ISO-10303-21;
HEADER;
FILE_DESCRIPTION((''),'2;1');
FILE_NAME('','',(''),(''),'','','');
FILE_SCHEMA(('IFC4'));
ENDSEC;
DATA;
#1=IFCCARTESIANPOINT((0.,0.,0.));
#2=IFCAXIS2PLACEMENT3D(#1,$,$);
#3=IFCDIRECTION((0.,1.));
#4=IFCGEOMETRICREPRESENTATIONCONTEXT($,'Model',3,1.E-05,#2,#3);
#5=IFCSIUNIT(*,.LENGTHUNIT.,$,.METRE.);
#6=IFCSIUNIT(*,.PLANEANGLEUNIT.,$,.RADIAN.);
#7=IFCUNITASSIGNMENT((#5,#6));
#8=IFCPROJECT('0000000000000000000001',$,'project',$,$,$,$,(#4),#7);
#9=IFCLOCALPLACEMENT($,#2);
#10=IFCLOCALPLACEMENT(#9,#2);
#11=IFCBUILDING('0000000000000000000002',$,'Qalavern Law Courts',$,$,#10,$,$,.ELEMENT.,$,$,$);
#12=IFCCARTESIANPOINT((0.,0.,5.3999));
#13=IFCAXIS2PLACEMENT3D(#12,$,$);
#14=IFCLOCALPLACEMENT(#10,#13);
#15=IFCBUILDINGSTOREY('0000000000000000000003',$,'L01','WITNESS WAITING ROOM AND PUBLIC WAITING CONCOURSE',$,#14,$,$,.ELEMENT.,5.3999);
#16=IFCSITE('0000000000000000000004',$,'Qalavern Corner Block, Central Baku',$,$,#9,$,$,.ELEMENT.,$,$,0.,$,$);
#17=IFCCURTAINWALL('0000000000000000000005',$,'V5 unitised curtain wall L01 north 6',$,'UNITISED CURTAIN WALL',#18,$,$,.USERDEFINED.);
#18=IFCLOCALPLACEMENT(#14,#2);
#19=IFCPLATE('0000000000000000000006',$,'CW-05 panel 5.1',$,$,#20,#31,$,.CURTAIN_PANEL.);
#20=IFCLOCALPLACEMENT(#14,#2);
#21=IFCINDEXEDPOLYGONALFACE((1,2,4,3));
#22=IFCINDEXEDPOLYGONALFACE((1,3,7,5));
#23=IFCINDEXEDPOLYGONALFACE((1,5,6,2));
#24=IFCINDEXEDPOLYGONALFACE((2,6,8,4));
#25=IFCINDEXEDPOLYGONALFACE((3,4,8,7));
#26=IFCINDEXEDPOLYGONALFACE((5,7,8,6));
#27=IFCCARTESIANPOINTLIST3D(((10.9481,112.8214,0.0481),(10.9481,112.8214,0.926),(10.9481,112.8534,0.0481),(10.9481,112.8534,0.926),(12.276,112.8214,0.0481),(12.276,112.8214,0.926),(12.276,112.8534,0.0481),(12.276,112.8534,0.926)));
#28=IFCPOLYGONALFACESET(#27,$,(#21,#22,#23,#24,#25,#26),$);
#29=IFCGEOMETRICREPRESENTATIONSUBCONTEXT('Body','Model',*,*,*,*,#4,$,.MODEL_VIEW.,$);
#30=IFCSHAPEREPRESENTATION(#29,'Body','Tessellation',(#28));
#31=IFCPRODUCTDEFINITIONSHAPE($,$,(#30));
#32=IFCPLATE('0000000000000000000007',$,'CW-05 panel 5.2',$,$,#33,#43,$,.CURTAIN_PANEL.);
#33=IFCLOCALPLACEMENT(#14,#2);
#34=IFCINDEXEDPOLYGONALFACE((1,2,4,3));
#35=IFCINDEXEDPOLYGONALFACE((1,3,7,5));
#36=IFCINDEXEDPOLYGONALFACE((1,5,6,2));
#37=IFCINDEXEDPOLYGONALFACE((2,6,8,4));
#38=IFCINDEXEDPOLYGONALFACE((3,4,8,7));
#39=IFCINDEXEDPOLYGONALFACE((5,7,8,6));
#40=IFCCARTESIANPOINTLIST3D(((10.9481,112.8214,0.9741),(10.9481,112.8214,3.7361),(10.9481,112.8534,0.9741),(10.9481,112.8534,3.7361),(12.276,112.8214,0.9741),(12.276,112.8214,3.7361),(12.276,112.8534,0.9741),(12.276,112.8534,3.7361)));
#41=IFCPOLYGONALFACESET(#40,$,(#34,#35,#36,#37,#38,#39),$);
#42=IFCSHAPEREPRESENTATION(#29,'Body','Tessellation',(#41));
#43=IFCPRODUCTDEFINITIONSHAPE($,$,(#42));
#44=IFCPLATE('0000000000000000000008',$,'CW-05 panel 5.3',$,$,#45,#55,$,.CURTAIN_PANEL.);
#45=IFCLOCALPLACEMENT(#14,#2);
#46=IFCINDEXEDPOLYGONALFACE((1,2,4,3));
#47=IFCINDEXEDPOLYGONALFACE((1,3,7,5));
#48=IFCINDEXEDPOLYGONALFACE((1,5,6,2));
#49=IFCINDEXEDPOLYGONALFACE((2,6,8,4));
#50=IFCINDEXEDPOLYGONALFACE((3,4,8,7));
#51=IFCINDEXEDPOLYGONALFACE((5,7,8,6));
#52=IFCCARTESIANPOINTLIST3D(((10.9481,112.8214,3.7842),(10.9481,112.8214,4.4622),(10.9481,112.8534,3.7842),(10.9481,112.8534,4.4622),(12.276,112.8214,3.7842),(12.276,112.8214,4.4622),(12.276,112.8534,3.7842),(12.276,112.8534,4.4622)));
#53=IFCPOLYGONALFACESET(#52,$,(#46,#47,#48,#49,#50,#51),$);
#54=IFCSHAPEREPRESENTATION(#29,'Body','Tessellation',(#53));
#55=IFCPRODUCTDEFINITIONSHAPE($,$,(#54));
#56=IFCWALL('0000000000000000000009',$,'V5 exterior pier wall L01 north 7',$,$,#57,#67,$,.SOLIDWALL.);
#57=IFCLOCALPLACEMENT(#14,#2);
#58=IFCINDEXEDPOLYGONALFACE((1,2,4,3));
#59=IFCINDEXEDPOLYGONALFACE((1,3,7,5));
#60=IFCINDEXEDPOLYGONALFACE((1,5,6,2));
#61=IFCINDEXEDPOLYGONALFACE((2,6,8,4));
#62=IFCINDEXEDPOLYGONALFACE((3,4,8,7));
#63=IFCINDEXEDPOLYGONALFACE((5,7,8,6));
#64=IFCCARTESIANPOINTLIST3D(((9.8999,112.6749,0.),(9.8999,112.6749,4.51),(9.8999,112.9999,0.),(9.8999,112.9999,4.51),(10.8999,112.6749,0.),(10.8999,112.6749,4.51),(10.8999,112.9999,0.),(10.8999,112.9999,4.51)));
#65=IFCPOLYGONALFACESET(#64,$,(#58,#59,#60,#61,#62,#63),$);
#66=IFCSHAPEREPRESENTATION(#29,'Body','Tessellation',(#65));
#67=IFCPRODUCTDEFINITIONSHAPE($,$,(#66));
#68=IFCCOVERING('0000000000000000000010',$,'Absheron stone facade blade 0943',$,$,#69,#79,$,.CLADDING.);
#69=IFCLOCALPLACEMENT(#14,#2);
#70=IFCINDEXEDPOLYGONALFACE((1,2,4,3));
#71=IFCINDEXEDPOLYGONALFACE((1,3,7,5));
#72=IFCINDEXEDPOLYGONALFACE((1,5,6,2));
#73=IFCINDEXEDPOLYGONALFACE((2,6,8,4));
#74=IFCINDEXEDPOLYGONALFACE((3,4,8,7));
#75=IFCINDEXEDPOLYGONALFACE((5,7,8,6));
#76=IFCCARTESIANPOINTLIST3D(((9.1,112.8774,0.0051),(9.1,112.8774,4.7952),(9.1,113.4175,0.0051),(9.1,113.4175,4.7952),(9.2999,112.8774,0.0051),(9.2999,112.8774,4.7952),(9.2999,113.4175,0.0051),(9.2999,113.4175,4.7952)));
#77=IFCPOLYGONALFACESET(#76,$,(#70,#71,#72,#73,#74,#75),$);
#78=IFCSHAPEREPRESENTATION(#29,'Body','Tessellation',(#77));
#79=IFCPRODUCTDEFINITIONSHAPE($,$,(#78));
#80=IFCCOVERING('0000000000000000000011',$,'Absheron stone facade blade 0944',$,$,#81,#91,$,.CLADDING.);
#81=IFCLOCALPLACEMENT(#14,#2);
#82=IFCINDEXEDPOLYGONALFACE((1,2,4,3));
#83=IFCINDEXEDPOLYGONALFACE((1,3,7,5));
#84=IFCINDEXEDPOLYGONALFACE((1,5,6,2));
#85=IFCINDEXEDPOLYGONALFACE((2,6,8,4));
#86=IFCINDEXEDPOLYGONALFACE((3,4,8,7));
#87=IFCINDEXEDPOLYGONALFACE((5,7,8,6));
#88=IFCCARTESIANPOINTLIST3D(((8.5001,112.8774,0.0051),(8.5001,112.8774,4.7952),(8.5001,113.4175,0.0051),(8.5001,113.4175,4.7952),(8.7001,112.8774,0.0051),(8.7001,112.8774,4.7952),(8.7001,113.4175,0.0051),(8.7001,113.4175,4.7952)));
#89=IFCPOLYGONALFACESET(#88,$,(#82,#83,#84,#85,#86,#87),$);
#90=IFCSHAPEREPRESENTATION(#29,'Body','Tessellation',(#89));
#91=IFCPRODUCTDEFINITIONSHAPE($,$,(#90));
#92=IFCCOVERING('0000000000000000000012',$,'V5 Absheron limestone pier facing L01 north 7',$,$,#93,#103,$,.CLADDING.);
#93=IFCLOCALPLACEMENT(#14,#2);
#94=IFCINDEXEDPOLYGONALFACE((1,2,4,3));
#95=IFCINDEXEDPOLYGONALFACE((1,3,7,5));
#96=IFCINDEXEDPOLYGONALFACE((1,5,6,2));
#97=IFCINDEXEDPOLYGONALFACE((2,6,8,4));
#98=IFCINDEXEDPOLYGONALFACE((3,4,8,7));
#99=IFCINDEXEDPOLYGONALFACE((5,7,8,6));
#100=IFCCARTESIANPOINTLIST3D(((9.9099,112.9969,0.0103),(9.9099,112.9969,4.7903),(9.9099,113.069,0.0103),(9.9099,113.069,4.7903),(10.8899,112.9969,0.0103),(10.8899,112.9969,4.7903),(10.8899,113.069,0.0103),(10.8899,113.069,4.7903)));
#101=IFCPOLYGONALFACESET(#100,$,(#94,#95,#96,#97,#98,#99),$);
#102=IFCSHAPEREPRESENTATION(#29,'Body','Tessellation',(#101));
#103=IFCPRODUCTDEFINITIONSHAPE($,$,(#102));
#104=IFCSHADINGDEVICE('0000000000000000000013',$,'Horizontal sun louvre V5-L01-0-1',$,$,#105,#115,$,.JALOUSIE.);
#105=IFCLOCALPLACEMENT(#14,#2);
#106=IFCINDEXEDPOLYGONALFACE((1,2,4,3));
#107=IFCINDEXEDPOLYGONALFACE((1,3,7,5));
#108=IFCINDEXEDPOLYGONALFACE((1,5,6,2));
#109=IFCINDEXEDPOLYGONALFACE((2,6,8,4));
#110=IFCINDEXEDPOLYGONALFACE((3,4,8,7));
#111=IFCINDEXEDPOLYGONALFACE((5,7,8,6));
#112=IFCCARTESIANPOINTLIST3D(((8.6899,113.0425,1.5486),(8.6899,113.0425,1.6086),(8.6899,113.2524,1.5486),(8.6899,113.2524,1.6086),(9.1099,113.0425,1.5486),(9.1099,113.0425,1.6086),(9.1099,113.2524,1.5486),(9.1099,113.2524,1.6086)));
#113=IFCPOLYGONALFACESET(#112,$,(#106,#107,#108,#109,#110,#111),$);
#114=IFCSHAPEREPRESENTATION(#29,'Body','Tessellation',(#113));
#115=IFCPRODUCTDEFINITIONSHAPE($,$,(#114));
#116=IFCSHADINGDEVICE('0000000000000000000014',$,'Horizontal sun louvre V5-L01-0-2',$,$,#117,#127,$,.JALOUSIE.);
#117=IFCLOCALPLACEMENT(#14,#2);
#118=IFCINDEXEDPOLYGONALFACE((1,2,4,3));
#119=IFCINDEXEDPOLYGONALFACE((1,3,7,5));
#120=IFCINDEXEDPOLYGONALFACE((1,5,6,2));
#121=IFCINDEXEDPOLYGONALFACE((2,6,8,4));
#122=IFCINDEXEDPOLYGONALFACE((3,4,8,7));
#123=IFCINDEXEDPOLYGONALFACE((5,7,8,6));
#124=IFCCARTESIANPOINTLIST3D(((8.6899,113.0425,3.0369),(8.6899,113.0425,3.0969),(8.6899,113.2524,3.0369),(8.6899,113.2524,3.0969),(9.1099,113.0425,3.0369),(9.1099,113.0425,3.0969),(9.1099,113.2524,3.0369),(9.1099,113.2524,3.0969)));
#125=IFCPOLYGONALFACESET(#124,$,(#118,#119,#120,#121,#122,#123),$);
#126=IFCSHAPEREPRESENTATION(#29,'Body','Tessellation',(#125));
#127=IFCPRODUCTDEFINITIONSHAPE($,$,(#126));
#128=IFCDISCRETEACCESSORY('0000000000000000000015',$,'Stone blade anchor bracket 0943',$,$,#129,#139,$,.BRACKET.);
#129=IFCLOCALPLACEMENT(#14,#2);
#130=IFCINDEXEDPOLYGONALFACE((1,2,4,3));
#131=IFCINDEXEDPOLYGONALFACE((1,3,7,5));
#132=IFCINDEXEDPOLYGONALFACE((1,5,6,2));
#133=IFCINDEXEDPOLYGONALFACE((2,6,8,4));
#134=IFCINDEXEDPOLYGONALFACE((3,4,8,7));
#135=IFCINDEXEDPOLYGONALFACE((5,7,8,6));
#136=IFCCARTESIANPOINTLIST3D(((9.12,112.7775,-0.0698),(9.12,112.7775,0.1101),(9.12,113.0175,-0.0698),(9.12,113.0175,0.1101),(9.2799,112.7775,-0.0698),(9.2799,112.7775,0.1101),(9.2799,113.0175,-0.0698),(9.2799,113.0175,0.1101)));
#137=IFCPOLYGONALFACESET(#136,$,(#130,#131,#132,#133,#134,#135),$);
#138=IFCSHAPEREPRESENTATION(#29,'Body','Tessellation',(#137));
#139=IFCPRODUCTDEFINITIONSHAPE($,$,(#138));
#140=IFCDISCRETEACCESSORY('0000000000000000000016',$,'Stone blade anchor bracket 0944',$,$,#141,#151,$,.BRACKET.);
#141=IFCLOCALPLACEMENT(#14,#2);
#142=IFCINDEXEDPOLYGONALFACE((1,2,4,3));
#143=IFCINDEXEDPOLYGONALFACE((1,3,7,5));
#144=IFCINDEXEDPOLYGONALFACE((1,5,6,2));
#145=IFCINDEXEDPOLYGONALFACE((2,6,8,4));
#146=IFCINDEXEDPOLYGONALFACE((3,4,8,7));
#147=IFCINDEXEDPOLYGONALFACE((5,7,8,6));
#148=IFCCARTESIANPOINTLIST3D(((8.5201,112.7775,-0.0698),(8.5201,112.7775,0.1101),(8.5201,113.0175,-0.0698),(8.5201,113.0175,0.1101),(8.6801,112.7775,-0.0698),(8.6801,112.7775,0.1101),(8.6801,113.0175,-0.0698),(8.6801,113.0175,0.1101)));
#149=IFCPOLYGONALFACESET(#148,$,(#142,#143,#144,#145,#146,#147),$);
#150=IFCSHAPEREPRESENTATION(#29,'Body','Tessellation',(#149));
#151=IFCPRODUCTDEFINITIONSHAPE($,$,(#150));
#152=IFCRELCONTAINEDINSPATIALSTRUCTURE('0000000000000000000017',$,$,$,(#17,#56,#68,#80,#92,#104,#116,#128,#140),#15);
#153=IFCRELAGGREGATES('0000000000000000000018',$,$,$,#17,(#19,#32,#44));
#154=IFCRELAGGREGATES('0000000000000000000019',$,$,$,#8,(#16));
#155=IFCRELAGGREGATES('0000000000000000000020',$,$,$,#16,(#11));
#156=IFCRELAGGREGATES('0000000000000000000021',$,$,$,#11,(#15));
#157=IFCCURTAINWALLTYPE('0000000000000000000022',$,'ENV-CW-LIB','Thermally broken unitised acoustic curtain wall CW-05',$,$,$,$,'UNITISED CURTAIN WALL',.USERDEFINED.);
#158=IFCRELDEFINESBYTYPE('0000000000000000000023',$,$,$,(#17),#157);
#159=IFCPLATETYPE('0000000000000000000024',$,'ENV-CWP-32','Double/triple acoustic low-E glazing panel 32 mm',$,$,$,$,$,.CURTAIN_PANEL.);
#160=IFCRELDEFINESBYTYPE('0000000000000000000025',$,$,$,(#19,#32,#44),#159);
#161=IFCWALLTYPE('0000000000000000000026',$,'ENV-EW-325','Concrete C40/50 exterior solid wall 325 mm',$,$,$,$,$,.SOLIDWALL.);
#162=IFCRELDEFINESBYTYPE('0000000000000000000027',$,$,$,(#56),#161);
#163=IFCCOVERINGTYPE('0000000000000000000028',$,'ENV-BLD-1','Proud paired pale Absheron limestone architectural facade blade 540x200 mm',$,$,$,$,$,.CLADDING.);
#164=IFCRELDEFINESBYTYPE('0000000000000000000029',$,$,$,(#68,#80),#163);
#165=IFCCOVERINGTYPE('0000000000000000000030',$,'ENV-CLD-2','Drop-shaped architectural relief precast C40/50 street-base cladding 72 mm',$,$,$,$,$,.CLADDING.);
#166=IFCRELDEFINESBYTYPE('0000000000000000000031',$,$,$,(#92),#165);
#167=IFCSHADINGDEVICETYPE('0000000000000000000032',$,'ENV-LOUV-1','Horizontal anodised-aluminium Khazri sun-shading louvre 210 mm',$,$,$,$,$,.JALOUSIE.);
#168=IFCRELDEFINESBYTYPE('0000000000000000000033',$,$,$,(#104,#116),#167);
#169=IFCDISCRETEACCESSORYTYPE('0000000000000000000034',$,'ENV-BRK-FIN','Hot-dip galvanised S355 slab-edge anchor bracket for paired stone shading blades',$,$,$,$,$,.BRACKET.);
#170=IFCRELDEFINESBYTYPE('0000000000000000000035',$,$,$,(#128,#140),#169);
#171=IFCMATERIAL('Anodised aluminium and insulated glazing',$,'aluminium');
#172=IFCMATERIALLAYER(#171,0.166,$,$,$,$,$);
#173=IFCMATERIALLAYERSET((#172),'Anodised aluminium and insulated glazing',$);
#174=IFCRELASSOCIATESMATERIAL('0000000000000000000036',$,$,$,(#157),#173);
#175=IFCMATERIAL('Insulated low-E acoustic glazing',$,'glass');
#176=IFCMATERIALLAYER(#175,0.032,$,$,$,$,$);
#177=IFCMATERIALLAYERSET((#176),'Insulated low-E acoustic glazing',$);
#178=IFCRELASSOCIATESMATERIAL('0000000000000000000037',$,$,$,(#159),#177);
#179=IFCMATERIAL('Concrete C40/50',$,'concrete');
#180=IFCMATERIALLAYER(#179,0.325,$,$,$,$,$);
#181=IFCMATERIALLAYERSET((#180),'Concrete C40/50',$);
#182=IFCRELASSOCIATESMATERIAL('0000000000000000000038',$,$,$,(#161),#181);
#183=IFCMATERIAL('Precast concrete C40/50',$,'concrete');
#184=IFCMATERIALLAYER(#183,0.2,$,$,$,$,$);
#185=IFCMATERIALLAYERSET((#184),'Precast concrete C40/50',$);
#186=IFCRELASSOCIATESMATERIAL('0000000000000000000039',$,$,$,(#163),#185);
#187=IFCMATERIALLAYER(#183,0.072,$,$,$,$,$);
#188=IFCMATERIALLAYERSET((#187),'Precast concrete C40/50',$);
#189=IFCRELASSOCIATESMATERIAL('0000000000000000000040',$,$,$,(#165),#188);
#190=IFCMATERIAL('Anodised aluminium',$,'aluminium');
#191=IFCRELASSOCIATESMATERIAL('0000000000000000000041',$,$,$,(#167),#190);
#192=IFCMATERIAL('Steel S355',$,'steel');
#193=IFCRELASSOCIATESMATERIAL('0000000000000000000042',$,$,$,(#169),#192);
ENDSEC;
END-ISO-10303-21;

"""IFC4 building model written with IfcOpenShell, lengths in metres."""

from ifc_helpers import new_model, si_unit, direction, frame, frame_2d, origin, origin_2d, place, context, subcontext, project, spatial, rectangle, extrude, material, layer, layer_set, type_object, element, aggregate, save


model = new_model("IFC4")

# Units and contexts
model_context = context("Model", 3, precision=1e-05, world=origin(), true_north=direction((0.0, 1.0)))
body_context = subcontext(model_context, "Body", "Model", "MODEL_VIEW")
ifc_project = project(units=[si_unit("LENGTHUNIT", "METRE"), si_unit("PLANEANGLEUNIT", "RADIAN")], contexts=[model_context])

# Site, building, storey
site_placement = place(None, origin())
site = spatial("IfcSite", under=ifc_project, at=site_placement, Name="Qalavern Corner Block, Central Baku", CompositionType="ELEMENT", RefElevation=0.0)
building_placement = place(site_placement, origin())
building = spatial("IfcBuilding", under=site, at=building_placement, Name="Qalavern Law Courts", CompositionType="ELEMENT")
storey_placement = place(building_placement, frame((0.0, 0.0, 5.3999)))
storey = spatial("IfcBuildingStorey", under=building, at=storey_placement, Name="L01", Description="WITNESS WAITING ROOM AND PUBLIC WAITING CONCOURSE", CompositionType="ELEMENT", Elevation=5.3999)

# Curtain wall
ifc_material_1 = material(Name="Anodised aluminium and insulated glazing", Category="aluminium")
ifc_layer_1 = layer(ifc_material_1, 0.166)
ifc_layer_set_1 = layer_set([ifc_layer_1], Name="Anodised aluminium and insulated glazing")
curtain_wall_type = type_object("IfcCurtainWallType", Name="ENV-CW-LIB", Description="Thermally broken unitised acoustic curtain wall CW-05", ElementType="UNITISED CURTAIN WALL", PredefinedType="USERDEFINED", material=ifc_layer_set_1)
curtain_wall_1_placement = place(storey_placement, origin())
curtain_wall_1 = element("IfcCurtainWall", 1, at=curtain_wall_1_placement, inside=storey, type_object=curtain_wall_type, Name="V5 unitised curtain wall L01 north 6", ObjectType="UNITISED CURTAIN WALL", PredefinedType="USERDEFINED")
ifc_material_2 = material(Name="Anodised aluminium", Category="aluminium")

# Plates
ifc_material_3 = material(Name="Insulated low-E acoustic glazing", Category="glass")
ifc_layer_2 = layer(ifc_material_3, 0.032)
ifc_layer_set_2 = layer_set([ifc_layer_2], Name="Insulated low-E acoustic glazing")
plate_type = type_object("IfcPlateType", Name="ENV-CWP-32", Description="Double/triple acoustic low-E glazing panel 32 mm", PredefinedType="CURTAIN_PANEL", material=ifc_layer_set_2)
plate_1_placement = place(storey_placement, frame((11.6121, 112.8374, 0.0481), z_axis=(0.0, 0.0, 1.0), x_axis=(-1.0, 0.0, 0.0)))
plate_1 = element("IfcPlate", 2, at=plate_1_placement, type_object=plate_type, Name="CW-05 panel 5.1", PredefinedType="CURTAIN_PANEL", context=body_context, shape_type="SweptSolid", body=[
    extrude(rectangle(XDim=1.3279, YDim=0.032, at=origin_2d()), origin(), (0.0, 0.0, 1.0), 0.8779),
])
plate_2_placement = place(storey_placement, frame((11.6121, 112.8374, 0.9741), z_axis=(0.0, 0.0, 1.0), x_axis=(-1.0, 0.0, 0.0)))
plate_2 = element("IfcPlate", 3, at=plate_2_placement, type_object=plate_type, Name="CW-05 panel 5.2", PredefinedType="CURTAIN_PANEL", context=body_context, shape_type="SweptSolid", body=[
    extrude(rectangle(XDim=1.3279, YDim=0.032, at=origin_2d()), origin(), (0.0, 0.0, 1.0), 2.762),
])
plate_3_placement = place(storey_placement, frame((11.6121, 112.8374, 3.7842), z_axis=(0.0, 0.0, 1.0), x_axis=(-1.0, 0.0, 0.0)))
plate_3 = element("IfcPlate", 4, at=plate_3_placement, type_object=plate_type, Name="CW-05 panel 5.3", PredefinedType="CURTAIN_PANEL", context=body_context, shape_type="SweptSolid", body=[
    extrude(rectangle(XDim=1.3279, YDim=0.032, at=origin_2d()), origin(), (0.0, 0.0, 1.0), 0.678),
])
aggregate(curtain_wall_1, [plate_1, plate_2, plate_3])

# Wall
ifc_material_4 = material(Name="Concrete C40/50", Category="concrete")
ifc_layer_3 = layer(ifc_material_4, 0.325)
ifc_layer_set_3 = layer_set([ifc_layer_3], Name="Concrete C40/50")
wall_type = type_object("IfcWallType", Name="ENV-EW-325", Description="Concrete C40/50 exterior solid wall 325 mm", PredefinedType="SOLIDWALL", material=ifc_layer_set_3)
wall_placement = place(storey_placement, frame((10.8999, 112.8374, 0.0), z_axis=(0.0, 0.0, 1.0), x_axis=(-1.0, 0.0, 0.0)))
element("IfcWall", 5, at=wall_placement, inside=storey, type_object=wall_type, Name="V5 exterior pier wall L01 north 7", PredefinedType="SOLIDWALL", context=body_context, shape_type="SweptSolid", body=[
    extrude(rectangle(XDim=1.0, YDim=0.325, at=frame_2d((0.5, 0.0))), origin(), (0.0, 0.0, 1.0), 4.51),
])

# Coverings
ifc_material_5 = material(Name="Precast concrete C40/50", Category="concrete")
ifc_layer_4 = layer(ifc_material_5, 0.2)
ifc_layer_set_4 = layer_set([ifc_layer_4], Name="Precast concrete C40/50")
covering_type_1 = type_object("IfcCoveringType", Name="ENV-BLD-1", Description="Proud paired pale Absheron limestone architectural facade blade 540x200 mm", PredefinedType="CLADDING", material=ifc_layer_set_4)
for number, where, z_axis, x_axis, name in (
    (6, (9.2, 113.1475, 0.0051), (0.0, 0.0, 1.0), (0.0, 1.0, 0.0), "Absheron stone facade blade 0943"),
    (7, (8.6001, 113.1475, 0.0051), (0.0, 0.0, 1.0), (0.0, 1.0, 0.0), "Absheron stone facade blade 0944"),
):
    element("IfcCovering", number, at=place(storey_placement, frame(where, z_axis=z_axis, x_axis=x_axis)), inside=storey, type_object=covering_type_1, Name=name, PredefinedType="CLADDING", context=body_context, shape_type="SweptSolid", body=[
        extrude(rectangle(XDim=0.54, YDim=0.2, at=origin_2d()), origin(), (0.0, 0.0, 1.0), 4.79),
    ])
ifc_layer_5 = layer(ifc_material_5, 0.072)
ifc_layer_set_5 = layer_set([ifc_layer_5], Name="Precast concrete C40/50")
covering_type_2 = type_object("IfcCoveringType", Name="ENV-CLD-2", Description="Drop-shaped architectural relief precast C40/50 street-base cladding 72 mm", PredefinedType="CLADDING", material=ifc_layer_set_5)
covering_placement = place(storey_placement, frame((10.3999, 113.033, 0.0103), z_axis=(0.0, 0.0, 1.0), x_axis=(-1.0, 0.0, 0.0)))
element("IfcCovering", 8, at=covering_placement, inside=storey, type_object=covering_type_2, Name="V5 Absheron limestone pier facing L01 north 7", PredefinedType="CLADDING", context=body_context, shape_type="SweptSolid", body=[
    extrude(rectangle(XDim=0.98, YDim=0.072, at=origin_2d()), origin(), (0.0, 0.0, 1.0), 4.78),
])

# Shading devices
shading_device_type = type_object("IfcShadingDeviceType", Name="ENV-LOUV-1", Description="Horizontal anodised-aluminium Khazri sun-shading louvre 210 mm", PredefinedType="JALOUSIE", material=ifc_material_2)
for number, where, z_axis, x_axis, name in (
    (9, (8.8999, 113.1475, 1.5486), (0.0, 0.0, 1.0), (-1.0, 0.0, 0.0), "Horizontal sun louvre V5-L01-0-1"),
    (10, (8.8999, 113.1475, 3.0369), (0.0, 0.0, 1.0), (-1.0, 0.0, 0.0), "Horizontal sun louvre V5-L01-0-2"),
):
    element("IfcShadingDevice", number, at=place(storey_placement, frame(where, z_axis=z_axis, x_axis=x_axis)), inside=storey, type_object=shading_device_type, Name=name, PredefinedType="JALOUSIE", context=body_context, shape_type="SweptSolid", body=[
        extrude(rectangle(XDim=0.4199, YDim=0.21, at=origin_2d()), origin(), (0.0, 0.0, 1.0), 0.0601),
    ])

# Discrete accessories
ifc_material_6 = material(Name="Steel S355", Category="steel")
discrete_accessory_type = type_object("IfcDiscreteAccessoryType", Name="ENV-BRK-FIN", Description="Hot-dip galvanised S355 slab-edge anchor bracket for paired stone shading blades", PredefinedType="BRACKET", material=ifc_material_6)
for number, where, z_axis, x_axis, name in (
    (11, (9.2, 112.8975, -0.0698), (0.0, 0.0, 1.0), (0.0, 1.0, 0.0), "Stone blade anchor bracket 0943"),
    (12, (8.6001, 112.8975, -0.0698), (0.0, 0.0, 1.0), (0.0, 1.0, 0.0), "Stone blade anchor bracket 0944"),
):
    element("IfcDiscreteAccessory", number, at=place(storey_placement, frame(where, z_axis=z_axis, x_axis=x_axis)), inside=storey, type_object=discrete_accessory_type, Name=name, PredefinedType="BRACKET", context=body_context, shape_type="SweptSolid", body=[
        extrude(rectangle(XDim=0.24, YDim=0.1599, at=origin_2d()), origin(), (0.0, 0.0, 1.0), 0.1799),
    ])

save(model, "model.ifc")
